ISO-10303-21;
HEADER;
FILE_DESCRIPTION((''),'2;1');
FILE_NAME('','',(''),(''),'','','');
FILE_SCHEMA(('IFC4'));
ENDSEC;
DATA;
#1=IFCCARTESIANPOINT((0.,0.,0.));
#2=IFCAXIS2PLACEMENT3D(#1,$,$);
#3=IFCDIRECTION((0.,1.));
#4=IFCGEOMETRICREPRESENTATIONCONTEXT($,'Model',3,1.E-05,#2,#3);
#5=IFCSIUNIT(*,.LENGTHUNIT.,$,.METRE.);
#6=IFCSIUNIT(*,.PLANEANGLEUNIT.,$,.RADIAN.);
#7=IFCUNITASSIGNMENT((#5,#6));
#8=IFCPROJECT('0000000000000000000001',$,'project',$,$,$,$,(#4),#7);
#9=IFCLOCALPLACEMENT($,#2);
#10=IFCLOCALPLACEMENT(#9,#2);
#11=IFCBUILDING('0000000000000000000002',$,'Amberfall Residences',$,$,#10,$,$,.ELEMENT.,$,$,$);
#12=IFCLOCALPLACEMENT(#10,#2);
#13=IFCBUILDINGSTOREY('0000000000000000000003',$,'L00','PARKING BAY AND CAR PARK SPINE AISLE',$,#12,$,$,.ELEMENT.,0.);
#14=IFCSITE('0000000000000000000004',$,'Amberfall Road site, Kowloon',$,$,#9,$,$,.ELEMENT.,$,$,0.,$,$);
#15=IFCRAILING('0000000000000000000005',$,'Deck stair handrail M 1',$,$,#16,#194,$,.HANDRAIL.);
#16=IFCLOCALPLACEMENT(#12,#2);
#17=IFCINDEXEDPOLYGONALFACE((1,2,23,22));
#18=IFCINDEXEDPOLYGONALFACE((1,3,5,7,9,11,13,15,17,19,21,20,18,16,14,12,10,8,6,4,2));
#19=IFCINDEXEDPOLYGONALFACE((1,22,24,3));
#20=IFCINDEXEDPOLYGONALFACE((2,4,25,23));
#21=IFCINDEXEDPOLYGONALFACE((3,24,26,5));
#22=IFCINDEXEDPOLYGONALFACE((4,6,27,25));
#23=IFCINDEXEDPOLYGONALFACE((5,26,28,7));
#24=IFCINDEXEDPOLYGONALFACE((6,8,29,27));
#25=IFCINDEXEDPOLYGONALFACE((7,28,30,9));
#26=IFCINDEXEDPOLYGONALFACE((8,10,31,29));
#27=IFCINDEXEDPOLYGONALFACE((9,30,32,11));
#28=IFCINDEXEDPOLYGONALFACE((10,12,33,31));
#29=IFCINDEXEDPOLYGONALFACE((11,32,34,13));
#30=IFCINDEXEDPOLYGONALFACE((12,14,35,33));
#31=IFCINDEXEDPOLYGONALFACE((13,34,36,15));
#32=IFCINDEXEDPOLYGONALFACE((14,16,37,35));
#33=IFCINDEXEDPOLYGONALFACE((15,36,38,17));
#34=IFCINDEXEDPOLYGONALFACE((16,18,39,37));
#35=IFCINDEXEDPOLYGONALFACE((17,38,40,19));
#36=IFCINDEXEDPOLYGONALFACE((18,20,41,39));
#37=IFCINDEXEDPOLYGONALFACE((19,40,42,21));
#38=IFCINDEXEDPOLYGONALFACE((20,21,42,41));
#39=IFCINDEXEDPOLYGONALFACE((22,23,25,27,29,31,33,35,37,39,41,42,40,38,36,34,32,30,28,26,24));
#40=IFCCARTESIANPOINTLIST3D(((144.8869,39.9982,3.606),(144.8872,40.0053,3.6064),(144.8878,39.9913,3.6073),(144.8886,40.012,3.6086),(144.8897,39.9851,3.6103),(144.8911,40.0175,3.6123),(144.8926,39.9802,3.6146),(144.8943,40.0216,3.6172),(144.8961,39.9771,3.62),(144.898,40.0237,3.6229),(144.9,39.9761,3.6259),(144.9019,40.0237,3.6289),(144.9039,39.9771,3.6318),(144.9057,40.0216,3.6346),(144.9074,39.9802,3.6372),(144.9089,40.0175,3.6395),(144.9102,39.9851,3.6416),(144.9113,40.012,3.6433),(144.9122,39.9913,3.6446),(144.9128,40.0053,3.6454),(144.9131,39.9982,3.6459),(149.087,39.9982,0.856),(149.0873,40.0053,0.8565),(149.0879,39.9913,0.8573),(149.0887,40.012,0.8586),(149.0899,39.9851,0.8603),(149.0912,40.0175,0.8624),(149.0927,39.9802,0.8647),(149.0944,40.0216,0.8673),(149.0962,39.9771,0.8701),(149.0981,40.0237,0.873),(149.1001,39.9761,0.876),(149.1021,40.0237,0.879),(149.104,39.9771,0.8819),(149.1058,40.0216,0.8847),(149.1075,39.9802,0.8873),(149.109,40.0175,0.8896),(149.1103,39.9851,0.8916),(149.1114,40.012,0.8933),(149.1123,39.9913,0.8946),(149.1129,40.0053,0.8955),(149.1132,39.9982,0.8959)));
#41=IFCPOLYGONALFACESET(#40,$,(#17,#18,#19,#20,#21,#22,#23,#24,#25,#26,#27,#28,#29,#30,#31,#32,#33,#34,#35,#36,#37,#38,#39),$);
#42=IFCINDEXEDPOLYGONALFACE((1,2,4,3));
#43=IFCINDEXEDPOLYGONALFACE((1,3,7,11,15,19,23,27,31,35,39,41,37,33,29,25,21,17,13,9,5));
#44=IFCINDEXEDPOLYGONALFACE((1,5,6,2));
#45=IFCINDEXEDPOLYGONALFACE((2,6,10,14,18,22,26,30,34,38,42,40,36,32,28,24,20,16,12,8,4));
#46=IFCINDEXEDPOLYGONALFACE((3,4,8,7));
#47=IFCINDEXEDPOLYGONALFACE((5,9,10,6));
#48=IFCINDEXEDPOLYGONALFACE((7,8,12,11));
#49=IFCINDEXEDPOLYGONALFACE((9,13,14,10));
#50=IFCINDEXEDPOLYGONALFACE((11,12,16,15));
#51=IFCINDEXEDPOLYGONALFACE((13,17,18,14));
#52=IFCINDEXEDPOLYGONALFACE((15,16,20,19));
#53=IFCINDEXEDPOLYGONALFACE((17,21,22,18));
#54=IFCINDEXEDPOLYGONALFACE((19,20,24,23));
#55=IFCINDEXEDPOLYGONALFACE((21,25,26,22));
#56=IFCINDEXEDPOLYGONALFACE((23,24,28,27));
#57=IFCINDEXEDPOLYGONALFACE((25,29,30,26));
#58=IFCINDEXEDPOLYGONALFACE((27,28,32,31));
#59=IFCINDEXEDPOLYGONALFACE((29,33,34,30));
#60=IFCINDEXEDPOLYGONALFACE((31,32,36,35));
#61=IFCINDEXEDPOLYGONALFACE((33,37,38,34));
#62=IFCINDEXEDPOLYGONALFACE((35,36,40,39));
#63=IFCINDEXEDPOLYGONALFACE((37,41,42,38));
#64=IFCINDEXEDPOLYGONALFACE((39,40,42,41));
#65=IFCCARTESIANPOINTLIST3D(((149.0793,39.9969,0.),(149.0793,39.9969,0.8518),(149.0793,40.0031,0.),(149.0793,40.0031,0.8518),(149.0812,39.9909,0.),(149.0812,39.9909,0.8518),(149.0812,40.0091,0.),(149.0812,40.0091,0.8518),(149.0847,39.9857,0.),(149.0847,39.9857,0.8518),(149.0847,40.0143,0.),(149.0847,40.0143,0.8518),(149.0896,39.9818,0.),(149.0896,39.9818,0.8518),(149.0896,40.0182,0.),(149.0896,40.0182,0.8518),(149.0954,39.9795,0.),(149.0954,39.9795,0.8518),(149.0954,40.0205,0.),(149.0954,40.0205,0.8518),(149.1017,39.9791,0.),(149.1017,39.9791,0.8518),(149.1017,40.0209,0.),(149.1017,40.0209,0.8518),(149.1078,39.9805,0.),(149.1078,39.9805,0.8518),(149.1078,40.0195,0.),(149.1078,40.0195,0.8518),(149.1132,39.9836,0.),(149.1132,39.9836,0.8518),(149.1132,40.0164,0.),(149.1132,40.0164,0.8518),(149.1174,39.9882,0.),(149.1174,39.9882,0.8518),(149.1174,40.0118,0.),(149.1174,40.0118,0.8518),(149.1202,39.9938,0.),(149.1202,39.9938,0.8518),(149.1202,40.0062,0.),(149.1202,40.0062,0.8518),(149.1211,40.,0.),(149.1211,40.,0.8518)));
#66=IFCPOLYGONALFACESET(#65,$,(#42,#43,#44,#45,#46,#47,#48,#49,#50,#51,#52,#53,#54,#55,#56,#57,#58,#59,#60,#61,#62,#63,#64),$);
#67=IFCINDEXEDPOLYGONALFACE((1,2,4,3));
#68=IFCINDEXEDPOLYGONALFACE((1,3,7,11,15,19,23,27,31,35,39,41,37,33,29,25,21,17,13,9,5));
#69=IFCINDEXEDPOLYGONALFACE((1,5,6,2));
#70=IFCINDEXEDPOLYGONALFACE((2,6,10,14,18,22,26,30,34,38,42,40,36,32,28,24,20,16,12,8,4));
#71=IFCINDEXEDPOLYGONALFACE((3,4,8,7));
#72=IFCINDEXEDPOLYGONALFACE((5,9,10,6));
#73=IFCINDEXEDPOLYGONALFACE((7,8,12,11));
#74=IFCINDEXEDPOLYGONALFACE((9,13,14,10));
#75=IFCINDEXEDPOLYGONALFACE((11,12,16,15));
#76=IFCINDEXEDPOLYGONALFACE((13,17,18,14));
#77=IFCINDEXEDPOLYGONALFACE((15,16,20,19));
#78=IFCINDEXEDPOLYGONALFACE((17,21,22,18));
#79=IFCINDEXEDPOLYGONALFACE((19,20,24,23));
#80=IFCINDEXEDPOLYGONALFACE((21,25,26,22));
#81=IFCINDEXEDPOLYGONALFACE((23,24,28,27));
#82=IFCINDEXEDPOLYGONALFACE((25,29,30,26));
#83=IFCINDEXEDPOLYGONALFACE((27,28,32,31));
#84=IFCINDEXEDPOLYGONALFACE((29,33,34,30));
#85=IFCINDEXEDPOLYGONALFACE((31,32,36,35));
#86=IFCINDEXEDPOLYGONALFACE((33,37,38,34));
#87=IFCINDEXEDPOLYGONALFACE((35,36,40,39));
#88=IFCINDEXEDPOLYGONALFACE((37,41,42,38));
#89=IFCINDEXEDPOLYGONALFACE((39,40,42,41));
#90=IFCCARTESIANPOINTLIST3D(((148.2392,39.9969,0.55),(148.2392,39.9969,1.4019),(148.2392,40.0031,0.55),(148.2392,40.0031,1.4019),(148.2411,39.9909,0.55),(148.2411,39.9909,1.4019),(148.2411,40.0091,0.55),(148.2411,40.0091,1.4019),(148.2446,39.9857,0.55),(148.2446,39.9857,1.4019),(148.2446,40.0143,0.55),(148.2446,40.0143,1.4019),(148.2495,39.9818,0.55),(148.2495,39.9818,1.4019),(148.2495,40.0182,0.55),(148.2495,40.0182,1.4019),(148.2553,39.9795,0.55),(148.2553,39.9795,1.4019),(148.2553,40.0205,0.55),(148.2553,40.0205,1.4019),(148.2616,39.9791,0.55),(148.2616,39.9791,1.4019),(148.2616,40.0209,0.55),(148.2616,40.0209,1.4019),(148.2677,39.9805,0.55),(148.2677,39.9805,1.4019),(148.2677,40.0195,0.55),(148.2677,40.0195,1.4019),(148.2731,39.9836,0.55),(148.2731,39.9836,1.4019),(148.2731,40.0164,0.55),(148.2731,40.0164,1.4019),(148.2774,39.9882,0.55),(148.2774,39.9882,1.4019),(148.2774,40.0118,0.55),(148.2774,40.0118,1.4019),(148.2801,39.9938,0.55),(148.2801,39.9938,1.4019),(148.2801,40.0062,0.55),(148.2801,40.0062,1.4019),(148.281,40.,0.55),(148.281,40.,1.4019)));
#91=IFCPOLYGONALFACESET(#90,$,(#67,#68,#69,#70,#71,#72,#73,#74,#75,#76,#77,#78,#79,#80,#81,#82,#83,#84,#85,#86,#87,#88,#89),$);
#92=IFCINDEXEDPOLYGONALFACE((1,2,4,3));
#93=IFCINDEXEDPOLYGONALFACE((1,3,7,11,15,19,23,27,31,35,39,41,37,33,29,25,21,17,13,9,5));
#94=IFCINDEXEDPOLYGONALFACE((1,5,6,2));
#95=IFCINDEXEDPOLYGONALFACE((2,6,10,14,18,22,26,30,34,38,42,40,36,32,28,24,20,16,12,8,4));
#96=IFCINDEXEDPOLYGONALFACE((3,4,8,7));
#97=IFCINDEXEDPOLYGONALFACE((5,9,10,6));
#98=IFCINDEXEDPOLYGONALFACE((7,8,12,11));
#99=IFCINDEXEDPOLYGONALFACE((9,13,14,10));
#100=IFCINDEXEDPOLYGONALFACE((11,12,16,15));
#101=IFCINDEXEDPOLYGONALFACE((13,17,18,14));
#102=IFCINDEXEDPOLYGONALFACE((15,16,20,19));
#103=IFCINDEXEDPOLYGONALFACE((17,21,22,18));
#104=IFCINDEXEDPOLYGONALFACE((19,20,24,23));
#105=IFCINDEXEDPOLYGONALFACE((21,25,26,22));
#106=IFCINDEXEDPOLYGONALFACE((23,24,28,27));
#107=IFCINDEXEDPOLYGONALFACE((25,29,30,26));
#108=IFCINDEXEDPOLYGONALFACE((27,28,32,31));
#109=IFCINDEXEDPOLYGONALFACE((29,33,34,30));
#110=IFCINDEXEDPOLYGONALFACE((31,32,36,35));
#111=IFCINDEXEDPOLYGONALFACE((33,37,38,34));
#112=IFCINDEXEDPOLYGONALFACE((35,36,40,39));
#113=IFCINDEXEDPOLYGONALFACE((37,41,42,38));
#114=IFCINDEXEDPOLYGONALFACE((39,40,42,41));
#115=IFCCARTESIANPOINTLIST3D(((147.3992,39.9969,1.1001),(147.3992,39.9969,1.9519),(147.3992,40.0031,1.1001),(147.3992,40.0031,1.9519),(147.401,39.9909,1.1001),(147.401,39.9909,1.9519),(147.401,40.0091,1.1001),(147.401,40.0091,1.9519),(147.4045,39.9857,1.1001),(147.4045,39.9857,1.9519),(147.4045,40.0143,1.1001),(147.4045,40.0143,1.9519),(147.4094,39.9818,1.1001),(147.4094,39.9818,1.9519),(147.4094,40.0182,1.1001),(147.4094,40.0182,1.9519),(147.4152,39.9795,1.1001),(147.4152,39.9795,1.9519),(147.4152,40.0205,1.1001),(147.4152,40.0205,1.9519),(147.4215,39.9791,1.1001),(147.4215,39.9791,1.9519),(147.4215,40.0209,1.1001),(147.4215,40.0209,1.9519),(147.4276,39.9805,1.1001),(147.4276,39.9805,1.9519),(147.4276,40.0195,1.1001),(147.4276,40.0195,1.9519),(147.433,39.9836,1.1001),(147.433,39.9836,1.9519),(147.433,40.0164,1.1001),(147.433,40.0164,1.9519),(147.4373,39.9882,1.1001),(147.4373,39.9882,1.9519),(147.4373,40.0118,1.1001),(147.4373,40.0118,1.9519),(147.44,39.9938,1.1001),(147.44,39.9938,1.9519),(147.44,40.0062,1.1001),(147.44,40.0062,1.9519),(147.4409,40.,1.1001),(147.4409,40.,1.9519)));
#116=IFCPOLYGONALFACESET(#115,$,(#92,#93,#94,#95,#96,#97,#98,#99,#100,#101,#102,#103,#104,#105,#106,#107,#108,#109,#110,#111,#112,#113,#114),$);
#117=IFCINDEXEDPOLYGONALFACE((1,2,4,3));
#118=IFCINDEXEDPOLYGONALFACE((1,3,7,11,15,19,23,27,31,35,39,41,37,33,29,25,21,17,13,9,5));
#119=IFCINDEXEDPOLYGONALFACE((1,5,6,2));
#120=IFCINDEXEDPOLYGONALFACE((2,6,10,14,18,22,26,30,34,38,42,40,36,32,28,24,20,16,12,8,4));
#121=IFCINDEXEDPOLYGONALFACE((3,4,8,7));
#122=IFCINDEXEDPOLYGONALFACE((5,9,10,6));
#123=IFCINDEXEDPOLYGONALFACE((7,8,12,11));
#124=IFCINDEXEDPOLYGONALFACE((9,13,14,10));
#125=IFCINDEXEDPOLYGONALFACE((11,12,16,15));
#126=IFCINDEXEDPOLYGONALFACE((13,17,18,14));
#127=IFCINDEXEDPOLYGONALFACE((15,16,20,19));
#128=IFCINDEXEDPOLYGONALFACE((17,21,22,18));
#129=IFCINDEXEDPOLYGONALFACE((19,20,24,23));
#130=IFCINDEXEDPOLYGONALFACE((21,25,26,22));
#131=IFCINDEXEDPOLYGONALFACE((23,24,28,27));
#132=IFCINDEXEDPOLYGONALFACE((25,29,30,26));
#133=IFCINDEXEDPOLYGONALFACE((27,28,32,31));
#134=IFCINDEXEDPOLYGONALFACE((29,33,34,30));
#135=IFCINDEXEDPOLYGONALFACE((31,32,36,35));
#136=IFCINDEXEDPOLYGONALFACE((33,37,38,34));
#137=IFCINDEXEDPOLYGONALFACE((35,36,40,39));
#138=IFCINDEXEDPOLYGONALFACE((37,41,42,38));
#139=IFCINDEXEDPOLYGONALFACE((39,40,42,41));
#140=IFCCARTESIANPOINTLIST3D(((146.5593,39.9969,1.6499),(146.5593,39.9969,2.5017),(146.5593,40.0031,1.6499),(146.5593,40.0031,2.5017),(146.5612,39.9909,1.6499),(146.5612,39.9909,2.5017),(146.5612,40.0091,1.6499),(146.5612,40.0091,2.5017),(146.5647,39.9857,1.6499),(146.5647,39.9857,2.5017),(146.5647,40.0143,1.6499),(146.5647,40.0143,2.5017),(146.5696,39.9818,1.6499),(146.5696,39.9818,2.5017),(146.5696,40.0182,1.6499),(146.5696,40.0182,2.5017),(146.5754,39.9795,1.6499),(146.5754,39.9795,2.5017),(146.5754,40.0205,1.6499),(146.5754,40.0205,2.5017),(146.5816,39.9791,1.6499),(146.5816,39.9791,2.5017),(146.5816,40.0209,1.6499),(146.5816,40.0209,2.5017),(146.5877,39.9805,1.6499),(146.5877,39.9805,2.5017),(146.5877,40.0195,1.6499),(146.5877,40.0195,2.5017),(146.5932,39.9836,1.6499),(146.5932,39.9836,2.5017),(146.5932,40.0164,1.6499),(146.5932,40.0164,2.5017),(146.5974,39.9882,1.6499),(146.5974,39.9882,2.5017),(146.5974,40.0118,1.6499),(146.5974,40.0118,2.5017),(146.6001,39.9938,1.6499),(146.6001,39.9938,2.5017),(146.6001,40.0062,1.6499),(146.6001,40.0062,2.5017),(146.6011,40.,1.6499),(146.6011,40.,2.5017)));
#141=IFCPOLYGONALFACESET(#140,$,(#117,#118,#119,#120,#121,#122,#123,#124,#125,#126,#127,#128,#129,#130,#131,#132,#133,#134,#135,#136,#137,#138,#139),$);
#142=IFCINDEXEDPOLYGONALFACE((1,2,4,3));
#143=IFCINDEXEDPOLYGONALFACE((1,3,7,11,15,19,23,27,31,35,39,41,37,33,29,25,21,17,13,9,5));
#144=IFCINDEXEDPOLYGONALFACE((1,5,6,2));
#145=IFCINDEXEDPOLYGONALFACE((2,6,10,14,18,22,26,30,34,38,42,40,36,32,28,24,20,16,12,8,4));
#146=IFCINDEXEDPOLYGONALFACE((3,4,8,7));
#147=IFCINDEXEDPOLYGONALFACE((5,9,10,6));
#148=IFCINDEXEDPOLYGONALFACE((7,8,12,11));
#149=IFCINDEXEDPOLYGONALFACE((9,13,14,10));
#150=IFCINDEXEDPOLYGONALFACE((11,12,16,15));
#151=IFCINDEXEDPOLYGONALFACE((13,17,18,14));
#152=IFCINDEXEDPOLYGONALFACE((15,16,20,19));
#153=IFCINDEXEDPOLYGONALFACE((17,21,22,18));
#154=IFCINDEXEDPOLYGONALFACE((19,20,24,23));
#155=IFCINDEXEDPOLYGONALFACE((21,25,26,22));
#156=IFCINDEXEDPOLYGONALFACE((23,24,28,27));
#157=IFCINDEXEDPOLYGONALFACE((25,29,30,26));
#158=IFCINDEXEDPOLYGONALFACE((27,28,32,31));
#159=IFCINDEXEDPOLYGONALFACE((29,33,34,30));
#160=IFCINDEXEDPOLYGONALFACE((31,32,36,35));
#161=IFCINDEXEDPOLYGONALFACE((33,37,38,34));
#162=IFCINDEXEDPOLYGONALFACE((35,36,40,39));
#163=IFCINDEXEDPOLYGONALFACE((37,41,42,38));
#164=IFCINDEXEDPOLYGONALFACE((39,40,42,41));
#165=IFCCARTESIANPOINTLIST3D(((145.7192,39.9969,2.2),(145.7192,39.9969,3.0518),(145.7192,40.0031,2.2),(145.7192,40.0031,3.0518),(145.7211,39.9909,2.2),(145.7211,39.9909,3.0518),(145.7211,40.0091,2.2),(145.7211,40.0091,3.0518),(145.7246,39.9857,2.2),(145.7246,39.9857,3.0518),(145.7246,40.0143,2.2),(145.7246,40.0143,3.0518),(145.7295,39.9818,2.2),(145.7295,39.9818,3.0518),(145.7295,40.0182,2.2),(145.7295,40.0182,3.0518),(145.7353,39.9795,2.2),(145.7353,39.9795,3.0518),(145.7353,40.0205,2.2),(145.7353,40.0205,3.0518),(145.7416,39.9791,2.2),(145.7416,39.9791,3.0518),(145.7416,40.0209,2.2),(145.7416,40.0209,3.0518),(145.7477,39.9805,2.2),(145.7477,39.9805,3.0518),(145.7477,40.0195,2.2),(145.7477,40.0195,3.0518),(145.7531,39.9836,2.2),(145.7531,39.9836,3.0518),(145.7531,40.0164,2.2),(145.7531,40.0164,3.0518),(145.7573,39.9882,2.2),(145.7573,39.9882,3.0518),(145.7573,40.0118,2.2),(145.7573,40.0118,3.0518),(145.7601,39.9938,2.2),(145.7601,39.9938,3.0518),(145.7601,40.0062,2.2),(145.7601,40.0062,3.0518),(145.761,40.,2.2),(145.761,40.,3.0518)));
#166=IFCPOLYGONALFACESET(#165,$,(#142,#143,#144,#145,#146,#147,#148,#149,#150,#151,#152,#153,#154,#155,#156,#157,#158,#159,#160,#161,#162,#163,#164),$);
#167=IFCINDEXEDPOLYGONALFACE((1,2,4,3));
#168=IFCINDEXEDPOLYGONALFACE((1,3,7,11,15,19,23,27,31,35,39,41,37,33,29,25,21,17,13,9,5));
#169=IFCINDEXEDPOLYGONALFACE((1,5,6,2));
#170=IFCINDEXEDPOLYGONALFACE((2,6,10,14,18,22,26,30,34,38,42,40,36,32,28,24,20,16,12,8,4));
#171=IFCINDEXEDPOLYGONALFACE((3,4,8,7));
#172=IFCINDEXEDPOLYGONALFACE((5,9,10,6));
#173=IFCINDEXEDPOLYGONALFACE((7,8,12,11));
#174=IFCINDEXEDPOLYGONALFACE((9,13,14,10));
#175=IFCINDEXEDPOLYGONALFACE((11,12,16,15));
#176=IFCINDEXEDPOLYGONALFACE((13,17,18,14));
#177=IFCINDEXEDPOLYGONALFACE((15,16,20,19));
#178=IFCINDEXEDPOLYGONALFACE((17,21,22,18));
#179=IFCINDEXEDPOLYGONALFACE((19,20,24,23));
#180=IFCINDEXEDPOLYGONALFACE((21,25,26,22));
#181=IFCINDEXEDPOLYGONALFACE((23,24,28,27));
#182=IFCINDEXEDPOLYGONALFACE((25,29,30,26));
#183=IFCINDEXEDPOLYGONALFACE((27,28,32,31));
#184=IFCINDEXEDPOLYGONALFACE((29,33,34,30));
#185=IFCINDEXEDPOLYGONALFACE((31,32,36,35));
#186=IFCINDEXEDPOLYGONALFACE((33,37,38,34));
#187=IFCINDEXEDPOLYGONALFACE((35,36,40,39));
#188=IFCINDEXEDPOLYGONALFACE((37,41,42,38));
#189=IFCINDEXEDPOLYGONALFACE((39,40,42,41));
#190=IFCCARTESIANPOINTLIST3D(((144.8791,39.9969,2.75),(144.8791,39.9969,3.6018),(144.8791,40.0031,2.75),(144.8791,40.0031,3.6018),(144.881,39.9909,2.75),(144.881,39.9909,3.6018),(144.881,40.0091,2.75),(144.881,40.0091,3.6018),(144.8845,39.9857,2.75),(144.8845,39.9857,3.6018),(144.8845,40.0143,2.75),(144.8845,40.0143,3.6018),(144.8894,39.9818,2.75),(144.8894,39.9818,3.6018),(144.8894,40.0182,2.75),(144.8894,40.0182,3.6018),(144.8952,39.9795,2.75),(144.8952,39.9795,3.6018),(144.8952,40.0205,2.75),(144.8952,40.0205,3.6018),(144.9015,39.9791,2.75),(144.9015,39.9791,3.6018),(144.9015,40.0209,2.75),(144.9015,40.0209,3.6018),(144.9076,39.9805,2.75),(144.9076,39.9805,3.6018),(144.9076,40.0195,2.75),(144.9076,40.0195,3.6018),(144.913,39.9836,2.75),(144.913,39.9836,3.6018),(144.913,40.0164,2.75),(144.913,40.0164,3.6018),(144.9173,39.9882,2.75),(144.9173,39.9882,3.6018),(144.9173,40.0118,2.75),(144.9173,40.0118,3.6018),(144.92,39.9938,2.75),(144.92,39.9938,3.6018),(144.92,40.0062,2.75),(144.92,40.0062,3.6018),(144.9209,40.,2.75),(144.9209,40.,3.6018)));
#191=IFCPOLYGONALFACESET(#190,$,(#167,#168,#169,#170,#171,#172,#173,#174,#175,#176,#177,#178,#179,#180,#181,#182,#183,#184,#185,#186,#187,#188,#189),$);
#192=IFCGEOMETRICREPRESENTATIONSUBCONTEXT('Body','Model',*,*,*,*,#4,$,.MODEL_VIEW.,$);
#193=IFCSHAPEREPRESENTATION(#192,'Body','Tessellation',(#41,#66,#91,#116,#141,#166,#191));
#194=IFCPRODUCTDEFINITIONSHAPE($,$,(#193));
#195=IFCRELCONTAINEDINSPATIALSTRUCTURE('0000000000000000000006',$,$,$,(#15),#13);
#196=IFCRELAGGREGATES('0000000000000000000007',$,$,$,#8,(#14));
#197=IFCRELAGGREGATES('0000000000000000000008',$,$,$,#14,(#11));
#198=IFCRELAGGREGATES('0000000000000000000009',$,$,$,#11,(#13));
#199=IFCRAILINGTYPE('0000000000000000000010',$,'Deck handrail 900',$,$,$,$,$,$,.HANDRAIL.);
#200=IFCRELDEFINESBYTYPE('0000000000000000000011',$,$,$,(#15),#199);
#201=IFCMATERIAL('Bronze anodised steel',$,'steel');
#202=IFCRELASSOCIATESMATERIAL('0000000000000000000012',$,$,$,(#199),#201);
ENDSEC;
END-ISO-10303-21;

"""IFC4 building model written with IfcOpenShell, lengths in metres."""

from ifc_helpers import new_model, si_unit, direction, frame, origin, origin_2d, place, context, subcontext, project, spatial, circle, extrude, material, type_object, element, save


model = new_model("IFC4")

# Units and contexts
model_context = context("Model", 3, precision=1e-05, world=origin(), true_north=direction((0.0, 1.0)))
body_context = subcontext(model_context, "Body", "Model", "MODEL_VIEW")
ifc_project = project(units=[si_unit("LENGTHUNIT", "METRE"), si_unit("PLANEANGLEUNIT", "RADIAN")], contexts=[model_context])

# Site, building, storey
site_placement = place(None, origin())
site = spatial("IfcSite", under=ifc_project, at=site_placement, Name="Amberfall Road site, Kowloon", CompositionType="ELEMENT", RefElevation=0.0)
building_placement = place(site_placement, origin())
building = spatial("IfcBuilding", under=site, at=building_placement, Name="Amberfall Residences", CompositionType="ELEMENT")
storey_placement = place(building_placement, origin())
storey = spatial("IfcBuildingStorey", under=building, at=storey_placement, Name="L00", Description="PARKING BAY AND CAR PARK SPINE AISLE", CompositionType="ELEMENT", Elevation=0.0)

# Railing
ifc_material_1 = material(Name="Bronze anodised steel", Category="steel")
railing_type = type_object("IfcRailingType", Name="Deck handrail 900", PredefinedType="HANDRAIL", material=ifc_material_1)
railing_1_placement = place(storey_placement, frame((149.1001, 40.0, 0.0)))
element("IfcRailing", 1, at=railing_1_placement, inside=storey, type_object=railing_type, Name="Deck stair handrail M 1", PredefinedType="HANDRAIL", context=body_context, shape_type="SweptSolid", body=[
    extrude(circle(Radius=0.0239, at=origin_2d()), frame((0.0, 0.0, 0.876), z_axis=(-0.83663, 0.0, 0.547768), x_axis=(0.0, -1.0, 0.0)), (0.0, 0.0, 1.0), 5.0203),
    extrude(circle(Radius=0.021, at=origin_2d()), origin(), (0.0, 0.0, 1.0), 0.8518),
    extrude(circle(Radius=0.021, at=origin_2d()), frame((-0.8401, 0.0, 0.55)), (0.0, 0.0, 1.0), 0.8518),
    extrude(circle(Radius=0.021, at=origin_2d()), frame((-1.6802, 0.0, 1.1001)), (0.0, 0.0, 1.0), 0.8518),
    extrude(circle(Radius=0.021, at=origin_2d()), frame((-2.52, 0.0, 1.6499)), (0.0, 0.0, 1.0), 0.8518),
    extrude(circle(Radius=0.021, at=origin_2d()), frame((-3.3601, 0.0, 2.2)), (0.0, 0.0, 1.0), 0.8518),
    extrude(circle(Radius=0.021, at=origin_2d()), frame((-4.2002, 0.0, 2.75)), (0.0, 0.0, 1.0), 0.8518),
])

save(model, "model.ifc")
